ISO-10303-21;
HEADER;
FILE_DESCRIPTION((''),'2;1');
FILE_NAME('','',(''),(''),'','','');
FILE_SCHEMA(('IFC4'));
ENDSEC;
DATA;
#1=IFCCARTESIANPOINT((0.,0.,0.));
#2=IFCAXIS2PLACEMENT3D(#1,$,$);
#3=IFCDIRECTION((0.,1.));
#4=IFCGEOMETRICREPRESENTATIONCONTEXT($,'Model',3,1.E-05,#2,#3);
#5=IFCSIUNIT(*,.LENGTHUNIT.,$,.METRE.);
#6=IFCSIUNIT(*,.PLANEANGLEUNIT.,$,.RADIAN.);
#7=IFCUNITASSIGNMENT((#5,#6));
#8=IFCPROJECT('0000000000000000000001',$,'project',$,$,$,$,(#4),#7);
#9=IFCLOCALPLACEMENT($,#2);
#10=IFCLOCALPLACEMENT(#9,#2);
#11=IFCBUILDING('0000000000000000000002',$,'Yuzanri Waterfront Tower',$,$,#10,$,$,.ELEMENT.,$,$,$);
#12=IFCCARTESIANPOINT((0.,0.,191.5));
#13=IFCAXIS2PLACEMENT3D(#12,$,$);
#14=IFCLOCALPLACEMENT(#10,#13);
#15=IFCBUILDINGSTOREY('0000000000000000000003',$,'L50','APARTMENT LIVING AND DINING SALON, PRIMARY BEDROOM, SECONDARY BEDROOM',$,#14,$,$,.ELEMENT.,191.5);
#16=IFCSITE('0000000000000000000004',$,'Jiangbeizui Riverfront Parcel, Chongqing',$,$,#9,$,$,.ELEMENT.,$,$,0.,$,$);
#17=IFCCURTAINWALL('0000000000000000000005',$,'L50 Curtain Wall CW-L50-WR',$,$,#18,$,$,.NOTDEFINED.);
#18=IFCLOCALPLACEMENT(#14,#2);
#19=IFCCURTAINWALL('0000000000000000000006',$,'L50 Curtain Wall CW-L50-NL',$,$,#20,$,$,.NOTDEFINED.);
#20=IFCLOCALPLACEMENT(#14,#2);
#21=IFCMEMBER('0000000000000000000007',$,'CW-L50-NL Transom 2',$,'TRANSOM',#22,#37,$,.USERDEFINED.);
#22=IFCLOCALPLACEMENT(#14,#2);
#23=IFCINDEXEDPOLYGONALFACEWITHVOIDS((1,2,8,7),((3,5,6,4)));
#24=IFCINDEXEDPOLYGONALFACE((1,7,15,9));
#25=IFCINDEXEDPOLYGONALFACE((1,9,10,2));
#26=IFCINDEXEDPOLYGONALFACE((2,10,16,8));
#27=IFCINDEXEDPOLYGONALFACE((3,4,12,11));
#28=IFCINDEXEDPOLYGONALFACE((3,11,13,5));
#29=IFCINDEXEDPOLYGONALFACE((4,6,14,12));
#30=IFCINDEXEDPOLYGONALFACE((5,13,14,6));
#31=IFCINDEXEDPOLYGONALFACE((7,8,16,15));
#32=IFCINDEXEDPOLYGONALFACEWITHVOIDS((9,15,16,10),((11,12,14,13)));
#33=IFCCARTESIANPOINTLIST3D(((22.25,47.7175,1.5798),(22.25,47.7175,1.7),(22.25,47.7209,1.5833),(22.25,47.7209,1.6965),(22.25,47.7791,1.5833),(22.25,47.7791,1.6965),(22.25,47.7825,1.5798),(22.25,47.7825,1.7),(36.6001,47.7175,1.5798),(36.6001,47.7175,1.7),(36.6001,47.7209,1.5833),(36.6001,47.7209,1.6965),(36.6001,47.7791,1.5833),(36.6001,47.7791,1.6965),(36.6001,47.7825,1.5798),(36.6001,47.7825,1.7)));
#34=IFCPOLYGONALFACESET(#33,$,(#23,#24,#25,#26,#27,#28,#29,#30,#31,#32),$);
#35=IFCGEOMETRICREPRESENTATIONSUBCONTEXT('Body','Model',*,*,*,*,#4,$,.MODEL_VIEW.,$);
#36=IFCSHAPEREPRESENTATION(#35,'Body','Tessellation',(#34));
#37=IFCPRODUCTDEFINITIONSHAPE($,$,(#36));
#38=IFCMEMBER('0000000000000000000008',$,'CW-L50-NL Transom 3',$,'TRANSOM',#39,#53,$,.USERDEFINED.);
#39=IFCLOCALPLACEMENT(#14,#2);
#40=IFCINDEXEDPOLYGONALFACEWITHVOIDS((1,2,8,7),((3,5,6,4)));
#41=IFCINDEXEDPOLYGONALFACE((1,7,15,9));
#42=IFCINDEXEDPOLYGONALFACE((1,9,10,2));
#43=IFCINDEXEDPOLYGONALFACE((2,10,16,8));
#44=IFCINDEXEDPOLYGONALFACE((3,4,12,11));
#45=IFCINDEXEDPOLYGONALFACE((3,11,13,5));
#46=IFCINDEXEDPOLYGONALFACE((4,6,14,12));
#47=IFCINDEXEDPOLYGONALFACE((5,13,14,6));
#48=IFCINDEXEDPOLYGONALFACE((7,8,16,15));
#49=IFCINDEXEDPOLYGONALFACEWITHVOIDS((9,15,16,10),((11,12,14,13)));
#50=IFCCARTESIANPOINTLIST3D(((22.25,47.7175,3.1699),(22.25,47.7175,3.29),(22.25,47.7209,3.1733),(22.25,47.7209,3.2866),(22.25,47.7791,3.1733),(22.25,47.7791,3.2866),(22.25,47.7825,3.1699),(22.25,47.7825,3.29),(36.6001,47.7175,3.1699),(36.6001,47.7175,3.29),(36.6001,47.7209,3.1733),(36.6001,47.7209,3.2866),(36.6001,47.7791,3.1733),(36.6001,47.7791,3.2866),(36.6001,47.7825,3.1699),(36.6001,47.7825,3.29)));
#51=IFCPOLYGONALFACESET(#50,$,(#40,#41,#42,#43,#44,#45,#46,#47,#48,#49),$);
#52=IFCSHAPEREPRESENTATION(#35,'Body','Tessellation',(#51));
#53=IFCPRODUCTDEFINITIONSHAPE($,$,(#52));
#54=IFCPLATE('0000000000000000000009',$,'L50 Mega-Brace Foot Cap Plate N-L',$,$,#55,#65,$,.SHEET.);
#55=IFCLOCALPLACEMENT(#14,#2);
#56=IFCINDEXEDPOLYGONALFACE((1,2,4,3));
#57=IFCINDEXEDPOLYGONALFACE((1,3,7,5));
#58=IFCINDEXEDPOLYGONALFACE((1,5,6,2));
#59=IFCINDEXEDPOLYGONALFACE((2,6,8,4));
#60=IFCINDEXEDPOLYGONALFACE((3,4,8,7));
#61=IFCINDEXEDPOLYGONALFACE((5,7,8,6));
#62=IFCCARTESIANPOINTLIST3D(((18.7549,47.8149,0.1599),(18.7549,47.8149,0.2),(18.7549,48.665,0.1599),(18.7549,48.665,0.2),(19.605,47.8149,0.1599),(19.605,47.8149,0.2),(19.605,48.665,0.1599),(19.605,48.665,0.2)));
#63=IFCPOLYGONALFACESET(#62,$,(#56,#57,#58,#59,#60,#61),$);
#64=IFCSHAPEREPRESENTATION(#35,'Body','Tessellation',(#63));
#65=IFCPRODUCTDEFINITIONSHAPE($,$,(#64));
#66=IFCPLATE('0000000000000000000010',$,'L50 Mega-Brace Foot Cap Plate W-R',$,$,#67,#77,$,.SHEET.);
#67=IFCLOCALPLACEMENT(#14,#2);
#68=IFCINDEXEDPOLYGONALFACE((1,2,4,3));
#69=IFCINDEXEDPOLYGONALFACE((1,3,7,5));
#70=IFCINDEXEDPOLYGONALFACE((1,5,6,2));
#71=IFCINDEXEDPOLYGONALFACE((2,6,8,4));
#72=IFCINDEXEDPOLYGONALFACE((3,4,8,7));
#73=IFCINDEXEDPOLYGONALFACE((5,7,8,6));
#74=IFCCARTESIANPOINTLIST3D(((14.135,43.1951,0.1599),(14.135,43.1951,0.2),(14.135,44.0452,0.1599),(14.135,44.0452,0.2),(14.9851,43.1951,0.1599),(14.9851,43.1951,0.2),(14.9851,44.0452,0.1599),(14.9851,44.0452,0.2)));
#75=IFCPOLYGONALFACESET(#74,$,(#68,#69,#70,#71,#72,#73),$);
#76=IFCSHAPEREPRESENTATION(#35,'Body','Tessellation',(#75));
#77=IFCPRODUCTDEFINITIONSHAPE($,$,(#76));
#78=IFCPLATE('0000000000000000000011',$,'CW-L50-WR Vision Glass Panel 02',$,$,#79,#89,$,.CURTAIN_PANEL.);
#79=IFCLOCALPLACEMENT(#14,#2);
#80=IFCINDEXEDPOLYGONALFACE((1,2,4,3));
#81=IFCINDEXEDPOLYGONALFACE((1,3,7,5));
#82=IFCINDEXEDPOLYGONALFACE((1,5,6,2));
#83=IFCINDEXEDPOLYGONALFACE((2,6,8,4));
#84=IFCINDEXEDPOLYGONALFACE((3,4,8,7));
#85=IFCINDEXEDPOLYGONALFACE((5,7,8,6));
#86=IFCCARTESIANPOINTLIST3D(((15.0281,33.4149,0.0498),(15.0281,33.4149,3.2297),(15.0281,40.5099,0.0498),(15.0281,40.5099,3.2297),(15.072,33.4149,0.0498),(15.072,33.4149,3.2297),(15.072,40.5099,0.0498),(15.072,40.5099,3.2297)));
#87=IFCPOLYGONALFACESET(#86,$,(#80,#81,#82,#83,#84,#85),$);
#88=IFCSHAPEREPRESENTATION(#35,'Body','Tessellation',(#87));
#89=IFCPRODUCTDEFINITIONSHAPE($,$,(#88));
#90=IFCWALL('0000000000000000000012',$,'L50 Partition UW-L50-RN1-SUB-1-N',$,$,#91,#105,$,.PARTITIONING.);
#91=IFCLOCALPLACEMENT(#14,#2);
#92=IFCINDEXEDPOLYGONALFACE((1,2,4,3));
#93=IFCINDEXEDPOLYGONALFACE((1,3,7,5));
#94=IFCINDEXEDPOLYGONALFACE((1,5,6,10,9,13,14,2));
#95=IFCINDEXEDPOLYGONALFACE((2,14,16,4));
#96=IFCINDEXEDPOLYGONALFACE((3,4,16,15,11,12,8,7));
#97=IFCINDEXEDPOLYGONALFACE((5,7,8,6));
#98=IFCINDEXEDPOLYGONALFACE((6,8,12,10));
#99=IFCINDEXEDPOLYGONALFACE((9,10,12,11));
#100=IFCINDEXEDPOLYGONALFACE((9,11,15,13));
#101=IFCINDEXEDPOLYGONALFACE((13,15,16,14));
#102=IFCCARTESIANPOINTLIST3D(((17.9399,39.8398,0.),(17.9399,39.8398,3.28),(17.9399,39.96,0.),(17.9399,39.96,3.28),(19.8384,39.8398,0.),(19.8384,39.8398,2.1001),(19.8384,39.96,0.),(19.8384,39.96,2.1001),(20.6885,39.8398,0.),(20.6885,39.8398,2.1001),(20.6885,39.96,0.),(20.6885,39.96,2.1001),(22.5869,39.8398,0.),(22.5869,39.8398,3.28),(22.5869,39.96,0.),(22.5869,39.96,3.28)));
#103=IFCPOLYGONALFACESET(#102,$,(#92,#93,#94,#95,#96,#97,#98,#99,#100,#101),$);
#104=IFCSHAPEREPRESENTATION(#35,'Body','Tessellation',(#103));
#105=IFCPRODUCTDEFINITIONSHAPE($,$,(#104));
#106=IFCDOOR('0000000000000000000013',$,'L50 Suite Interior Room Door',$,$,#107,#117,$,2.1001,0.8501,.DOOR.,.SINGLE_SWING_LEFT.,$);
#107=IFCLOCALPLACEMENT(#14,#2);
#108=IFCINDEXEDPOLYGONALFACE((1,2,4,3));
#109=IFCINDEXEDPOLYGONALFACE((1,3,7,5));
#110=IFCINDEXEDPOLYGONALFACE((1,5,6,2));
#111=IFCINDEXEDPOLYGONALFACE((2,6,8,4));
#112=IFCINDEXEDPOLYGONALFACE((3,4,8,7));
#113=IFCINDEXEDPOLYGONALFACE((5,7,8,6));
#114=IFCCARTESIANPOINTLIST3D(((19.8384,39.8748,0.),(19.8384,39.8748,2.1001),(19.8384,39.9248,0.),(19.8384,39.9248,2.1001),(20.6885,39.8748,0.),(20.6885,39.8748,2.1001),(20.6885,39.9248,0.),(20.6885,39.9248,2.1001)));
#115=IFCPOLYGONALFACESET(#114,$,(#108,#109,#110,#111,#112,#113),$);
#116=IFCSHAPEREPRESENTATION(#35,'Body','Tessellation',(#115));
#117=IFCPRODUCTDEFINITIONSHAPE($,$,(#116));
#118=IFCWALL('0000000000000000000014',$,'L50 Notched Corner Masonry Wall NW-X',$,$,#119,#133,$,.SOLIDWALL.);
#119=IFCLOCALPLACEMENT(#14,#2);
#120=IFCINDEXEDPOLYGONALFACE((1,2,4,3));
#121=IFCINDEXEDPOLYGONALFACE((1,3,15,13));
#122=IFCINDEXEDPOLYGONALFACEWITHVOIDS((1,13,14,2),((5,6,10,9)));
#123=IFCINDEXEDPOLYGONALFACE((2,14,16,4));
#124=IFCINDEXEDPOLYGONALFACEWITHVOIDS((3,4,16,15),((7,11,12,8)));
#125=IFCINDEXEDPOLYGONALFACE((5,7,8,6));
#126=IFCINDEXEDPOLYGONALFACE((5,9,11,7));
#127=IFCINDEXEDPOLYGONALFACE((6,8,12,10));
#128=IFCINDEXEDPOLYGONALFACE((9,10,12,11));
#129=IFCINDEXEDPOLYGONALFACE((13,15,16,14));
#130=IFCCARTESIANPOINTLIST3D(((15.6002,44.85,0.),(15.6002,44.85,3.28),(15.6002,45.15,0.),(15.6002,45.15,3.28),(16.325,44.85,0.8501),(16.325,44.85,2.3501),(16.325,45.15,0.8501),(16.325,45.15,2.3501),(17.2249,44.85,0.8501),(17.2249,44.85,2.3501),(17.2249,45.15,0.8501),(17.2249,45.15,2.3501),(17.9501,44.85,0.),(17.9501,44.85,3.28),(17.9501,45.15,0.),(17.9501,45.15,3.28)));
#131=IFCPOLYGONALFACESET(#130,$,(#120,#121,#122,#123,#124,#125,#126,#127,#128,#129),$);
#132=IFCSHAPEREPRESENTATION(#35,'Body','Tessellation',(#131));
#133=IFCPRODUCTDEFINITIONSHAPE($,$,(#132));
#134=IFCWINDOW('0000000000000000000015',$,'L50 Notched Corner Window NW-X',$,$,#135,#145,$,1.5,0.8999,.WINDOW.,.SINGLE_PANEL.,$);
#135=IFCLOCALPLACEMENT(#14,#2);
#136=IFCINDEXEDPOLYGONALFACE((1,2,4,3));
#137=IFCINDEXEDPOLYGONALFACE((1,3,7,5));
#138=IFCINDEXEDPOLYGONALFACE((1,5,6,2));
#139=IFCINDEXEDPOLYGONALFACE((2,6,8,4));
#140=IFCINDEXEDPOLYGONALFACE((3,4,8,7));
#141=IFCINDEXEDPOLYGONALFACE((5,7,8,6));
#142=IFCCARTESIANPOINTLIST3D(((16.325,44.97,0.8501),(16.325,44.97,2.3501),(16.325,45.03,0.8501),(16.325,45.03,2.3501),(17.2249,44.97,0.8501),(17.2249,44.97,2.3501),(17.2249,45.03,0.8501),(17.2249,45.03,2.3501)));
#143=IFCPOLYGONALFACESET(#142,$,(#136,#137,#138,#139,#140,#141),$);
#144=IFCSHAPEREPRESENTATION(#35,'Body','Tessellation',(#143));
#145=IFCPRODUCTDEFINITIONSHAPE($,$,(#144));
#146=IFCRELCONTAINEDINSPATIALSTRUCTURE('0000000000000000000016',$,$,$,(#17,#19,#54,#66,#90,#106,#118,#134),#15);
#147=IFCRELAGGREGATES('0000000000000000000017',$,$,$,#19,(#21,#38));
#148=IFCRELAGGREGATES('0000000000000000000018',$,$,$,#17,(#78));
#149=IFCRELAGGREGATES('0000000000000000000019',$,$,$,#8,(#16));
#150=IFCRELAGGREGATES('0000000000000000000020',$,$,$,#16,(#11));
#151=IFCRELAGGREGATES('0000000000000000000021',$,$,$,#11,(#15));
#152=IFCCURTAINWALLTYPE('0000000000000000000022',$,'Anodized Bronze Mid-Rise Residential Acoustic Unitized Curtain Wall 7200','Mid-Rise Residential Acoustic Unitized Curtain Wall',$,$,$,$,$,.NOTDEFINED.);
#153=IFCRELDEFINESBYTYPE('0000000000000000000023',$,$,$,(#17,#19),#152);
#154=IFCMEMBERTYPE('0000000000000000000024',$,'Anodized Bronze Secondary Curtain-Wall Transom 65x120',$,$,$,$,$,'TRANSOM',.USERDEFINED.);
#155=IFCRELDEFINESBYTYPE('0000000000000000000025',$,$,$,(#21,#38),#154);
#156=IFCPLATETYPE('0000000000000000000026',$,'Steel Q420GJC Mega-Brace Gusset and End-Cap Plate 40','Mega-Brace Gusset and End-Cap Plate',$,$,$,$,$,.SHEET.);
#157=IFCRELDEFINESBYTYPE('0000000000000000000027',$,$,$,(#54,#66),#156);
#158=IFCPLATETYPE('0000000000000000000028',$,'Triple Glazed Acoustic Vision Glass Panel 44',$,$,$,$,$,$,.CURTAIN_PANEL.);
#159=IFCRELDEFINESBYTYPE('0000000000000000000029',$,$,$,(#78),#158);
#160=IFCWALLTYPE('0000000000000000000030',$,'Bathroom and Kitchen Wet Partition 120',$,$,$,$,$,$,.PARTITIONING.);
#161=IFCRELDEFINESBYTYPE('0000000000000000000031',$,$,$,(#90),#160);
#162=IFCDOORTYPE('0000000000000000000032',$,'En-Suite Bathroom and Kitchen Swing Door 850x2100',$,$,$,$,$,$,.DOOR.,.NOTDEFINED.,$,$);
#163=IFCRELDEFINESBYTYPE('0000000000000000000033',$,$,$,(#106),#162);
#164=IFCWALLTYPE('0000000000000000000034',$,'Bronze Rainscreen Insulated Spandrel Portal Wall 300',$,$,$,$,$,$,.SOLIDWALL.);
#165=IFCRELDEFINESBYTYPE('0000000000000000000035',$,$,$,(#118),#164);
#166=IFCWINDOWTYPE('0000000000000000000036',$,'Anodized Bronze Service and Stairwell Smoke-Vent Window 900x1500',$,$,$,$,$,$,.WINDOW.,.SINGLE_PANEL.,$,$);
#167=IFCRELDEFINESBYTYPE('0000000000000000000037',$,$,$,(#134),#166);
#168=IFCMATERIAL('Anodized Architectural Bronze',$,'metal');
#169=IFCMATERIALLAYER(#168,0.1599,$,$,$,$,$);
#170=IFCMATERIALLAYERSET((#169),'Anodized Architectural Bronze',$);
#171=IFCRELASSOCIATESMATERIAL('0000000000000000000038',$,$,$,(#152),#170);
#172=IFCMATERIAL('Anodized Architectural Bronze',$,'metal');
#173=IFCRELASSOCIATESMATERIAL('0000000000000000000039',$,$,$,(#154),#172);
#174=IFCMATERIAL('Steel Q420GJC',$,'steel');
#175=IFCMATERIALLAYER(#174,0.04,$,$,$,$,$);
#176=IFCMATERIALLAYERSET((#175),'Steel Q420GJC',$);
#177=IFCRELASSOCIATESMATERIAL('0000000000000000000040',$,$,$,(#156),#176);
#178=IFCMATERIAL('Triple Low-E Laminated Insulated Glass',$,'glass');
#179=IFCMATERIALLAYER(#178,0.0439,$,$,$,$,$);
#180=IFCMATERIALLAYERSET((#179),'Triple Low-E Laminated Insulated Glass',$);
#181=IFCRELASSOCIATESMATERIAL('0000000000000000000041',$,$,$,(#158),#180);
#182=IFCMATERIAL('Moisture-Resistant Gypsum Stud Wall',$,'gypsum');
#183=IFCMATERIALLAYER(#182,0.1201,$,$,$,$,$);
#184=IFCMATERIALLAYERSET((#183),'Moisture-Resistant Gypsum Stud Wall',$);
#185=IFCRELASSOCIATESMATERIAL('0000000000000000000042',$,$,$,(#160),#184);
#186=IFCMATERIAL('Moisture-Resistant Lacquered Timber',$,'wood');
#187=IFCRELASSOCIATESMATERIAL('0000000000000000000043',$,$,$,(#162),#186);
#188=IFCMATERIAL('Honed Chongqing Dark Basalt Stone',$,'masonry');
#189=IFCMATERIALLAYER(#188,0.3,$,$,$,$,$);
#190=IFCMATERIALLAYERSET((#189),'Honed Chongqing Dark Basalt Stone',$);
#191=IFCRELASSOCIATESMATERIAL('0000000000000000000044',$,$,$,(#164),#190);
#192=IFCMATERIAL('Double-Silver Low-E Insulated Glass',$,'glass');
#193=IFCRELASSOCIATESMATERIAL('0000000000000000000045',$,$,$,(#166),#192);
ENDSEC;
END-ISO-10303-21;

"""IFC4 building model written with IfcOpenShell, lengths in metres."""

from ifc_helpers import new_model, si_unit, direction, frame, frame_2d, origin, origin_2d, place, context, subcontext, project, spatial, rectangle, hollow_rectangle, extrude, source, transform, mapped, material, layer, layer_set, material_profile, profile_set, type_object, element, fill, aggregate, save


model = new_model("IFC4")

# Units and contexts
model_context = context("Model", 3, precision=1e-05, world=origin(), true_north=direction((0.0, 1.0)))
body_context = subcontext(model_context, "Body", "Model", "MODEL_VIEW")
ifc_project = project(units=[si_unit("LENGTHUNIT", "METRE"), si_unit("PLANEANGLEUNIT", "RADIAN")], contexts=[model_context])

# Site, building, storey
site_placement = place(None, origin())
site = spatial("IfcSite", under=ifc_project, at=site_placement, Name="Jiangbeizui Riverfront Parcel, Chongqing", CompositionType="ELEMENT", RefElevation=0.0)
building_placement = place(site_placement, origin())
building = spatial("IfcBuilding", under=site, at=building_placement, Name="Yuzanri Waterfront Tower", CompositionType="ELEMENT")
storey_placement = place(building_placement, frame((0.0, 0.0, 191.5)))
storey = spatial("IfcBuildingStorey", under=building, at=storey_placement, Name="L50", Description="APARTMENT LIVING AND DINING SALON, PRIMARY BEDROOM, SECONDARY BEDROOM", CompositionType="ELEMENT", Elevation=191.5)

# Curtain walls, members
ifc_material_1 = material(Name="Anodized Architectural Bronze", Category="metal")
ifc_layer_1 = layer(ifc_material_1, 0.1599)
ifc_layer_set_1 = layer_set([ifc_layer_1], Name="Anodized Architectural Bronze")
curtain_wall_type = type_object("IfcCurtainWallType", Name="Anodized Bronze Mid-Rise Residential Acoustic Unitized Curtain Wall 7200", Description="Mid-Rise Residential Acoustic Unitized Curtain Wall", PredefinedType="NOTDEFINED", material=ifc_layer_set_1)
curtain_wall_1_placement = place(storey_placement, origin())
curtain_wall_1 = element("IfcCurtainWall", 1, at=curtain_wall_1_placement, inside=storey, type_object=curtain_wall_type, Name="L50 Curtain Wall CW-L50-WR", PredefinedType="NOTDEFINED")
curtain_wall_2_placement = place(storey_placement, origin())
curtain_wall_2 = element("IfcCurtainWall", 2, at=curtain_wall_2_placement, inside=storey, type_object=curtain_wall_type, Name="L50 Curtain Wall CW-L50-NL", PredefinedType="NOTDEFINED")
ifc_material_2 = material(Name="Anodized Architectural Bronze", Category="metal")
ifc_material_profile_1 = material_profile(ifc_material_2, hollow_rectangle(XDim=0.0649, YDim=0.1201, WallThickness=0.0034, at=origin_2d()), Name="CWT 65x120")
ifc_profile_set_1 = profile_set([ifc_material_profile_1], Name="Anodized Architectural Bronze")
member_type_1 = type_object("IfcMemberType", Name="Anodized Bronze Secondary Curtain-Wall Transom 65x120", ElementType="TRANSOM", PredefinedType="USERDEFINED", material=ifc_profile_set_1)
shared_shape_1 = source(origin(), body_context, "Body", "SweptSolid", [
    extrude(hollow_rectangle(XDim=0.0649, YDim=0.1201, WallThickness=0.0034, at=origin_2d()), origin(), (0.0, 0.0, 1.0), 14.3501),
])
member_1_placement = place(storey_placement, frame((22.25, 47.75, 1.6399), z_axis=(1.0, 0.0, 0.0), x_axis=(0.0, 1.0, 0.0)))
member_1 = element("IfcMember", 3, at=member_1_placement, type_object=member_type_1, Name="CW-L50-NL Transom 2", ObjectType="TRANSOM", PredefinedType="USERDEFINED", context=body_context, shape_type="MappedRepresentation", body=[
    mapped(shared_shape_1, transform((0.0, 0.0, 0.0), scale=1.0)),
])
member_2_placement = place(storey_placement, frame((22.25, 47.75, 3.23), z_axis=(1.0, 0.0, 0.0), x_axis=(0.0, 1.0, 0.0)))
member_2 = element("IfcMember", 4, at=member_2_placement, type_object=member_type_1, Name="CW-L50-NL Transom 3", ObjectType="TRANSOM", PredefinedType="USERDEFINED", context=body_context, shape_type="MappedRepresentation", body=[
    mapped(shared_shape_1, transform((0.0, 0.0, 0.0), scale=1.0)),
])
aggregate(curtain_wall_2, [member_1, member_2])

# Plates
ifc_material_3 = material(Name="Steel Q420GJC", Category="steel")
ifc_layer_2 = layer(ifc_material_3, 0.04)
ifc_layer_set_2 = layer_set([ifc_layer_2], Name="Steel Q420GJC")
plate_type_1 = type_object("IfcPlateType", Name="Steel Q420GJC Mega-Brace Gusset and End-Cap Plate 40", Description="Mega-Brace Gusset and End-Cap Plate", PredefinedType="SHEET", material=ifc_layer_set_2)
shared_shape_2 = source(origin(), body_context, "Body", "SweptSolid", [
    extrude(rectangle(XDim=0.8501, YDim=0.8501, at=origin_2d()), origin(), (0.0, 0.0, 1.0), 0.04),
])
for number, where, z_axis, x_axis, name in (
    (5, (19.1799, 48.24, 0.1599), (0.0, 0.0, 1.0), (1.0, 0.0, 0.0), "L50 Mega-Brace Foot Cap Plate N-L"),
    (6, (14.5601, 43.6201, 0.1599), (0.0, 0.0, 1.0), (1.0, 0.0, 0.0), "L50 Mega-Brace Foot Cap Plate W-R"),
):
    element("IfcPlate", number, at=place(storey_placement, frame(where, z_axis=z_axis, x_axis=x_axis)), inside=storey, type_object=plate_type_1, Name=name, PredefinedType="SHEET", context=body_context, shape_type="MappedRepresentation", body=[
        mapped(shared_shape_2, transform((0.0, 0.0, 0.0), scale=1.0)),
    ])

# Plate
ifc_material_4 = material(Name="Triple Low-E Laminated Insulated Glass", Category="glass")
ifc_layer_3 = layer(ifc_material_4, 0.0439)
ifc_layer_set_3 = layer_set([ifc_layer_3], Name="Triple Low-E Laminated Insulated Glass")
plate_type_2 = type_object("IfcPlateType", Name="Triple Glazed Acoustic Vision Glass Panel 44", PredefinedType="CURTAIN_PANEL", material=ifc_layer_set_3)
shared_shape_3 = source(origin(), body_context, "Body", "SweptSolid", [
    extrude(rectangle(XDim=7.095, YDim=0.0439, at=origin_2d()), origin(), (0.0, 0.0, 1.0), 3.1799),
])
plate_placement = place(storey_placement, frame((15.05, 36.9624, 0.0498), z_axis=(0.0, 0.0, 1.0), x_axis=(0.0, 1.0, 0.0)))
plate = element("IfcPlate", 7, at=plate_placement, type_object=plate_type_2, Name="CW-L50-WR Vision Glass Panel 02", PredefinedType="CURTAIN_PANEL", context=body_context, shape_type="MappedRepresentation", body=[
    mapped(shared_shape_3, transform((0.0, 0.0, 0.0), scale=1.0)),
])
aggregate(curtain_wall_1, [plate])

# Wall, opening, door
ifc_material_5 = material(Name="Moisture-Resistant Gypsum Stud Wall", Category="gypsum")
ifc_layer_4 = layer(ifc_material_5, 0.1201)
ifc_layer_set_4 = layer_set([ifc_layer_4], Name="Moisture-Resistant Gypsum Stud Wall")
wall_type_1 = type_object("IfcWallType", Name="Bathroom and Kitchen Wet Partition 120", PredefinedType="PARTITIONING", material=ifc_layer_set_4)
wall_1_placement = place(storey_placement, frame((17.9399, 39.8999, 0.0), z_axis=(0.0, 0.0, 1.0), x_axis=(1.0, 0.0, 0.0)))
wall_1 = element("IfcWall", 8, at=wall_1_placement, inside=storey, type_object=wall_type_1, Name="L50 Partition UW-L50-RN1-SUB-1-N", PredefinedType="PARTITIONING", context=body_context, shape_type="SweptSolid", body=[
    extrude(rectangle(XDim=4.647, YDim=0.1201, at=frame_2d((2.3235, 0.0))), origin(), (0.0, 0.0, 1.0), 3.28),
])
opening_1_placement = place(wall_1_placement, frame((1.8984, 0.0, 0.0)))
opening_1 = element("IfcOpeningElement", 9, at=opening_1_placement, cuts=wall_1, PredefinedType="OPENING", context=body_context, shape_type="SweptSolid", body=[
    extrude(rectangle(XDim=0.8501, YDim=2.1001, at=frame_2d((0.425, 1.05))), frame((0.0, 0.075, 0.0), z_axis=(0.0, -1.0, 0.0), x_axis=(1.0, 0.0, 0.0)), (0.0, 0.0, 1.0), 0.1499),
])
ifc_material_6 = material(Name="Moisture-Resistant Lacquered Timber", Category="wood")
door_type_1 = type_object("IfcDoorType", Name="En-Suite Bathroom and Kitchen Swing Door 850x2100", OperationType="NOTDEFINED", PredefinedType="DOOR", material=ifc_material_6)
shared_shape_4 = source(origin(), body_context, "Body", "SweptSolid", [
    extrude(rectangle(XDim=0.8501, YDim=2.1001, at=frame_2d((0.425, 1.05))), frame((0.0, 0.0249, 0.0), z_axis=(0.0, -1.0, 0.0), x_axis=(1.0, 0.0, 0.0)), (0.0, 0.0, 1.0), 0.05),
])
door_1_placement = place(opening_1_placement, origin())
door_1 = element("IfcDoor", 10, at=door_1_placement, inside=storey, type_object=door_type_1, Name="L50 Suite Interior Room Door", OperationType="SINGLE_SWING_LEFT", OverallHeight=2.1001, OverallWidth=0.8501, PredefinedType="DOOR", context=body_context, shape_type="MappedRepresentation", body=[
    mapped(shared_shape_4, transform((0.0, 0.0, 0.0), scale=1.0)),
])
fill(opening_1, door_1)

# Wall, opening, window
ifc_material_7 = material(Name="Honed Chongqing Dark Basalt Stone", Category="masonry")
ifc_layer_5 = layer(ifc_material_7, 0.3)
ifc_layer_set_5 = layer_set([ifc_layer_5], Name="Honed Chongqing Dark Basalt Stone")
wall_type_2 = type_object("IfcWallType", Name="Bronze Rainscreen Insulated Spandrel Portal Wall 300", PredefinedType="SOLIDWALL", material=ifc_layer_set_5)
wall_2_placement = place(storey_placement, frame((17.95, 45.0, 0.0), z_axis=(0.0, 0.0, 1.0), x_axis=(-1.0, 0.0, 0.0)))
wall_2 = element("IfcWall", 11, at=wall_2_placement, inside=storey, type_object=wall_type_2, Name="L50 Notched Corner Masonry Wall NW-X", PredefinedType="SOLIDWALL", context=body_context, shape_type="SweptSolid", body=[
    extrude(rectangle(XDim=2.3499, YDim=0.3, at=frame_2d((1.1748, 0.0))), origin(), (0.0, 0.0, 1.0), 3.28),
])
opening_2_placement = place(wall_2_placement, frame((0.7251, 0.0, 0.8501)))
opening_2 = element("IfcOpeningElement", 12, at=opening_2_placement, cuts=wall_2, PredefinedType="OPENING", context=body_context, shape_type="SweptSolid", body=[
    extrude(rectangle(XDim=0.8999, YDim=1.5, at=frame_2d((0.45, 0.75))), frame((0.0, 0.165, 0.0), z_axis=(0.0, -1.0, 0.0), x_axis=(1.0, 0.0, 0.0)), (0.0, 0.0, 1.0), 0.3298),
])
ifc_material_8 = material(Name="Double-Silver Low-E Insulated Glass", Category="glass")
window_type_1 = type_object("IfcWindowType", Name="Anodized Bronze Service and Stairwell Smoke-Vent Window 900x1500", PartitioningType="SINGLE_PANEL", PredefinedType="WINDOW", material=ifc_material_8)
shared_shape_5 = source(origin(), body_context, "Body", "SweptSolid", [
    extrude(rectangle(XDim=0.8999, YDim=1.5, at=frame_2d((0.45, 0.75))), frame((0.0, 0.03, 0.0), z_axis=(0.0, -1.0, 0.0), x_axis=(1.0, 0.0, 0.0)), (0.0, 0.0, 1.0), 0.0601),
])
window_1_placement = place(opening_2_placement, origin())
window_1 = element("IfcWindow", 13, at=window_1_placement, inside=storey, type_object=window_type_1, Name="L50 Notched Corner Window NW-X", OverallHeight=1.5, OverallWidth=0.8999, PartitioningType="SINGLE_PANEL", PredefinedType="WINDOW", context=body_context, shape_type="MappedRepresentation", body=[
    mapped(shared_shape_5, transform((0.0, 0.0, 0.0), scale=1.0)),
])
fill(opening_2, window_1)

save(model, "model.ifc")
